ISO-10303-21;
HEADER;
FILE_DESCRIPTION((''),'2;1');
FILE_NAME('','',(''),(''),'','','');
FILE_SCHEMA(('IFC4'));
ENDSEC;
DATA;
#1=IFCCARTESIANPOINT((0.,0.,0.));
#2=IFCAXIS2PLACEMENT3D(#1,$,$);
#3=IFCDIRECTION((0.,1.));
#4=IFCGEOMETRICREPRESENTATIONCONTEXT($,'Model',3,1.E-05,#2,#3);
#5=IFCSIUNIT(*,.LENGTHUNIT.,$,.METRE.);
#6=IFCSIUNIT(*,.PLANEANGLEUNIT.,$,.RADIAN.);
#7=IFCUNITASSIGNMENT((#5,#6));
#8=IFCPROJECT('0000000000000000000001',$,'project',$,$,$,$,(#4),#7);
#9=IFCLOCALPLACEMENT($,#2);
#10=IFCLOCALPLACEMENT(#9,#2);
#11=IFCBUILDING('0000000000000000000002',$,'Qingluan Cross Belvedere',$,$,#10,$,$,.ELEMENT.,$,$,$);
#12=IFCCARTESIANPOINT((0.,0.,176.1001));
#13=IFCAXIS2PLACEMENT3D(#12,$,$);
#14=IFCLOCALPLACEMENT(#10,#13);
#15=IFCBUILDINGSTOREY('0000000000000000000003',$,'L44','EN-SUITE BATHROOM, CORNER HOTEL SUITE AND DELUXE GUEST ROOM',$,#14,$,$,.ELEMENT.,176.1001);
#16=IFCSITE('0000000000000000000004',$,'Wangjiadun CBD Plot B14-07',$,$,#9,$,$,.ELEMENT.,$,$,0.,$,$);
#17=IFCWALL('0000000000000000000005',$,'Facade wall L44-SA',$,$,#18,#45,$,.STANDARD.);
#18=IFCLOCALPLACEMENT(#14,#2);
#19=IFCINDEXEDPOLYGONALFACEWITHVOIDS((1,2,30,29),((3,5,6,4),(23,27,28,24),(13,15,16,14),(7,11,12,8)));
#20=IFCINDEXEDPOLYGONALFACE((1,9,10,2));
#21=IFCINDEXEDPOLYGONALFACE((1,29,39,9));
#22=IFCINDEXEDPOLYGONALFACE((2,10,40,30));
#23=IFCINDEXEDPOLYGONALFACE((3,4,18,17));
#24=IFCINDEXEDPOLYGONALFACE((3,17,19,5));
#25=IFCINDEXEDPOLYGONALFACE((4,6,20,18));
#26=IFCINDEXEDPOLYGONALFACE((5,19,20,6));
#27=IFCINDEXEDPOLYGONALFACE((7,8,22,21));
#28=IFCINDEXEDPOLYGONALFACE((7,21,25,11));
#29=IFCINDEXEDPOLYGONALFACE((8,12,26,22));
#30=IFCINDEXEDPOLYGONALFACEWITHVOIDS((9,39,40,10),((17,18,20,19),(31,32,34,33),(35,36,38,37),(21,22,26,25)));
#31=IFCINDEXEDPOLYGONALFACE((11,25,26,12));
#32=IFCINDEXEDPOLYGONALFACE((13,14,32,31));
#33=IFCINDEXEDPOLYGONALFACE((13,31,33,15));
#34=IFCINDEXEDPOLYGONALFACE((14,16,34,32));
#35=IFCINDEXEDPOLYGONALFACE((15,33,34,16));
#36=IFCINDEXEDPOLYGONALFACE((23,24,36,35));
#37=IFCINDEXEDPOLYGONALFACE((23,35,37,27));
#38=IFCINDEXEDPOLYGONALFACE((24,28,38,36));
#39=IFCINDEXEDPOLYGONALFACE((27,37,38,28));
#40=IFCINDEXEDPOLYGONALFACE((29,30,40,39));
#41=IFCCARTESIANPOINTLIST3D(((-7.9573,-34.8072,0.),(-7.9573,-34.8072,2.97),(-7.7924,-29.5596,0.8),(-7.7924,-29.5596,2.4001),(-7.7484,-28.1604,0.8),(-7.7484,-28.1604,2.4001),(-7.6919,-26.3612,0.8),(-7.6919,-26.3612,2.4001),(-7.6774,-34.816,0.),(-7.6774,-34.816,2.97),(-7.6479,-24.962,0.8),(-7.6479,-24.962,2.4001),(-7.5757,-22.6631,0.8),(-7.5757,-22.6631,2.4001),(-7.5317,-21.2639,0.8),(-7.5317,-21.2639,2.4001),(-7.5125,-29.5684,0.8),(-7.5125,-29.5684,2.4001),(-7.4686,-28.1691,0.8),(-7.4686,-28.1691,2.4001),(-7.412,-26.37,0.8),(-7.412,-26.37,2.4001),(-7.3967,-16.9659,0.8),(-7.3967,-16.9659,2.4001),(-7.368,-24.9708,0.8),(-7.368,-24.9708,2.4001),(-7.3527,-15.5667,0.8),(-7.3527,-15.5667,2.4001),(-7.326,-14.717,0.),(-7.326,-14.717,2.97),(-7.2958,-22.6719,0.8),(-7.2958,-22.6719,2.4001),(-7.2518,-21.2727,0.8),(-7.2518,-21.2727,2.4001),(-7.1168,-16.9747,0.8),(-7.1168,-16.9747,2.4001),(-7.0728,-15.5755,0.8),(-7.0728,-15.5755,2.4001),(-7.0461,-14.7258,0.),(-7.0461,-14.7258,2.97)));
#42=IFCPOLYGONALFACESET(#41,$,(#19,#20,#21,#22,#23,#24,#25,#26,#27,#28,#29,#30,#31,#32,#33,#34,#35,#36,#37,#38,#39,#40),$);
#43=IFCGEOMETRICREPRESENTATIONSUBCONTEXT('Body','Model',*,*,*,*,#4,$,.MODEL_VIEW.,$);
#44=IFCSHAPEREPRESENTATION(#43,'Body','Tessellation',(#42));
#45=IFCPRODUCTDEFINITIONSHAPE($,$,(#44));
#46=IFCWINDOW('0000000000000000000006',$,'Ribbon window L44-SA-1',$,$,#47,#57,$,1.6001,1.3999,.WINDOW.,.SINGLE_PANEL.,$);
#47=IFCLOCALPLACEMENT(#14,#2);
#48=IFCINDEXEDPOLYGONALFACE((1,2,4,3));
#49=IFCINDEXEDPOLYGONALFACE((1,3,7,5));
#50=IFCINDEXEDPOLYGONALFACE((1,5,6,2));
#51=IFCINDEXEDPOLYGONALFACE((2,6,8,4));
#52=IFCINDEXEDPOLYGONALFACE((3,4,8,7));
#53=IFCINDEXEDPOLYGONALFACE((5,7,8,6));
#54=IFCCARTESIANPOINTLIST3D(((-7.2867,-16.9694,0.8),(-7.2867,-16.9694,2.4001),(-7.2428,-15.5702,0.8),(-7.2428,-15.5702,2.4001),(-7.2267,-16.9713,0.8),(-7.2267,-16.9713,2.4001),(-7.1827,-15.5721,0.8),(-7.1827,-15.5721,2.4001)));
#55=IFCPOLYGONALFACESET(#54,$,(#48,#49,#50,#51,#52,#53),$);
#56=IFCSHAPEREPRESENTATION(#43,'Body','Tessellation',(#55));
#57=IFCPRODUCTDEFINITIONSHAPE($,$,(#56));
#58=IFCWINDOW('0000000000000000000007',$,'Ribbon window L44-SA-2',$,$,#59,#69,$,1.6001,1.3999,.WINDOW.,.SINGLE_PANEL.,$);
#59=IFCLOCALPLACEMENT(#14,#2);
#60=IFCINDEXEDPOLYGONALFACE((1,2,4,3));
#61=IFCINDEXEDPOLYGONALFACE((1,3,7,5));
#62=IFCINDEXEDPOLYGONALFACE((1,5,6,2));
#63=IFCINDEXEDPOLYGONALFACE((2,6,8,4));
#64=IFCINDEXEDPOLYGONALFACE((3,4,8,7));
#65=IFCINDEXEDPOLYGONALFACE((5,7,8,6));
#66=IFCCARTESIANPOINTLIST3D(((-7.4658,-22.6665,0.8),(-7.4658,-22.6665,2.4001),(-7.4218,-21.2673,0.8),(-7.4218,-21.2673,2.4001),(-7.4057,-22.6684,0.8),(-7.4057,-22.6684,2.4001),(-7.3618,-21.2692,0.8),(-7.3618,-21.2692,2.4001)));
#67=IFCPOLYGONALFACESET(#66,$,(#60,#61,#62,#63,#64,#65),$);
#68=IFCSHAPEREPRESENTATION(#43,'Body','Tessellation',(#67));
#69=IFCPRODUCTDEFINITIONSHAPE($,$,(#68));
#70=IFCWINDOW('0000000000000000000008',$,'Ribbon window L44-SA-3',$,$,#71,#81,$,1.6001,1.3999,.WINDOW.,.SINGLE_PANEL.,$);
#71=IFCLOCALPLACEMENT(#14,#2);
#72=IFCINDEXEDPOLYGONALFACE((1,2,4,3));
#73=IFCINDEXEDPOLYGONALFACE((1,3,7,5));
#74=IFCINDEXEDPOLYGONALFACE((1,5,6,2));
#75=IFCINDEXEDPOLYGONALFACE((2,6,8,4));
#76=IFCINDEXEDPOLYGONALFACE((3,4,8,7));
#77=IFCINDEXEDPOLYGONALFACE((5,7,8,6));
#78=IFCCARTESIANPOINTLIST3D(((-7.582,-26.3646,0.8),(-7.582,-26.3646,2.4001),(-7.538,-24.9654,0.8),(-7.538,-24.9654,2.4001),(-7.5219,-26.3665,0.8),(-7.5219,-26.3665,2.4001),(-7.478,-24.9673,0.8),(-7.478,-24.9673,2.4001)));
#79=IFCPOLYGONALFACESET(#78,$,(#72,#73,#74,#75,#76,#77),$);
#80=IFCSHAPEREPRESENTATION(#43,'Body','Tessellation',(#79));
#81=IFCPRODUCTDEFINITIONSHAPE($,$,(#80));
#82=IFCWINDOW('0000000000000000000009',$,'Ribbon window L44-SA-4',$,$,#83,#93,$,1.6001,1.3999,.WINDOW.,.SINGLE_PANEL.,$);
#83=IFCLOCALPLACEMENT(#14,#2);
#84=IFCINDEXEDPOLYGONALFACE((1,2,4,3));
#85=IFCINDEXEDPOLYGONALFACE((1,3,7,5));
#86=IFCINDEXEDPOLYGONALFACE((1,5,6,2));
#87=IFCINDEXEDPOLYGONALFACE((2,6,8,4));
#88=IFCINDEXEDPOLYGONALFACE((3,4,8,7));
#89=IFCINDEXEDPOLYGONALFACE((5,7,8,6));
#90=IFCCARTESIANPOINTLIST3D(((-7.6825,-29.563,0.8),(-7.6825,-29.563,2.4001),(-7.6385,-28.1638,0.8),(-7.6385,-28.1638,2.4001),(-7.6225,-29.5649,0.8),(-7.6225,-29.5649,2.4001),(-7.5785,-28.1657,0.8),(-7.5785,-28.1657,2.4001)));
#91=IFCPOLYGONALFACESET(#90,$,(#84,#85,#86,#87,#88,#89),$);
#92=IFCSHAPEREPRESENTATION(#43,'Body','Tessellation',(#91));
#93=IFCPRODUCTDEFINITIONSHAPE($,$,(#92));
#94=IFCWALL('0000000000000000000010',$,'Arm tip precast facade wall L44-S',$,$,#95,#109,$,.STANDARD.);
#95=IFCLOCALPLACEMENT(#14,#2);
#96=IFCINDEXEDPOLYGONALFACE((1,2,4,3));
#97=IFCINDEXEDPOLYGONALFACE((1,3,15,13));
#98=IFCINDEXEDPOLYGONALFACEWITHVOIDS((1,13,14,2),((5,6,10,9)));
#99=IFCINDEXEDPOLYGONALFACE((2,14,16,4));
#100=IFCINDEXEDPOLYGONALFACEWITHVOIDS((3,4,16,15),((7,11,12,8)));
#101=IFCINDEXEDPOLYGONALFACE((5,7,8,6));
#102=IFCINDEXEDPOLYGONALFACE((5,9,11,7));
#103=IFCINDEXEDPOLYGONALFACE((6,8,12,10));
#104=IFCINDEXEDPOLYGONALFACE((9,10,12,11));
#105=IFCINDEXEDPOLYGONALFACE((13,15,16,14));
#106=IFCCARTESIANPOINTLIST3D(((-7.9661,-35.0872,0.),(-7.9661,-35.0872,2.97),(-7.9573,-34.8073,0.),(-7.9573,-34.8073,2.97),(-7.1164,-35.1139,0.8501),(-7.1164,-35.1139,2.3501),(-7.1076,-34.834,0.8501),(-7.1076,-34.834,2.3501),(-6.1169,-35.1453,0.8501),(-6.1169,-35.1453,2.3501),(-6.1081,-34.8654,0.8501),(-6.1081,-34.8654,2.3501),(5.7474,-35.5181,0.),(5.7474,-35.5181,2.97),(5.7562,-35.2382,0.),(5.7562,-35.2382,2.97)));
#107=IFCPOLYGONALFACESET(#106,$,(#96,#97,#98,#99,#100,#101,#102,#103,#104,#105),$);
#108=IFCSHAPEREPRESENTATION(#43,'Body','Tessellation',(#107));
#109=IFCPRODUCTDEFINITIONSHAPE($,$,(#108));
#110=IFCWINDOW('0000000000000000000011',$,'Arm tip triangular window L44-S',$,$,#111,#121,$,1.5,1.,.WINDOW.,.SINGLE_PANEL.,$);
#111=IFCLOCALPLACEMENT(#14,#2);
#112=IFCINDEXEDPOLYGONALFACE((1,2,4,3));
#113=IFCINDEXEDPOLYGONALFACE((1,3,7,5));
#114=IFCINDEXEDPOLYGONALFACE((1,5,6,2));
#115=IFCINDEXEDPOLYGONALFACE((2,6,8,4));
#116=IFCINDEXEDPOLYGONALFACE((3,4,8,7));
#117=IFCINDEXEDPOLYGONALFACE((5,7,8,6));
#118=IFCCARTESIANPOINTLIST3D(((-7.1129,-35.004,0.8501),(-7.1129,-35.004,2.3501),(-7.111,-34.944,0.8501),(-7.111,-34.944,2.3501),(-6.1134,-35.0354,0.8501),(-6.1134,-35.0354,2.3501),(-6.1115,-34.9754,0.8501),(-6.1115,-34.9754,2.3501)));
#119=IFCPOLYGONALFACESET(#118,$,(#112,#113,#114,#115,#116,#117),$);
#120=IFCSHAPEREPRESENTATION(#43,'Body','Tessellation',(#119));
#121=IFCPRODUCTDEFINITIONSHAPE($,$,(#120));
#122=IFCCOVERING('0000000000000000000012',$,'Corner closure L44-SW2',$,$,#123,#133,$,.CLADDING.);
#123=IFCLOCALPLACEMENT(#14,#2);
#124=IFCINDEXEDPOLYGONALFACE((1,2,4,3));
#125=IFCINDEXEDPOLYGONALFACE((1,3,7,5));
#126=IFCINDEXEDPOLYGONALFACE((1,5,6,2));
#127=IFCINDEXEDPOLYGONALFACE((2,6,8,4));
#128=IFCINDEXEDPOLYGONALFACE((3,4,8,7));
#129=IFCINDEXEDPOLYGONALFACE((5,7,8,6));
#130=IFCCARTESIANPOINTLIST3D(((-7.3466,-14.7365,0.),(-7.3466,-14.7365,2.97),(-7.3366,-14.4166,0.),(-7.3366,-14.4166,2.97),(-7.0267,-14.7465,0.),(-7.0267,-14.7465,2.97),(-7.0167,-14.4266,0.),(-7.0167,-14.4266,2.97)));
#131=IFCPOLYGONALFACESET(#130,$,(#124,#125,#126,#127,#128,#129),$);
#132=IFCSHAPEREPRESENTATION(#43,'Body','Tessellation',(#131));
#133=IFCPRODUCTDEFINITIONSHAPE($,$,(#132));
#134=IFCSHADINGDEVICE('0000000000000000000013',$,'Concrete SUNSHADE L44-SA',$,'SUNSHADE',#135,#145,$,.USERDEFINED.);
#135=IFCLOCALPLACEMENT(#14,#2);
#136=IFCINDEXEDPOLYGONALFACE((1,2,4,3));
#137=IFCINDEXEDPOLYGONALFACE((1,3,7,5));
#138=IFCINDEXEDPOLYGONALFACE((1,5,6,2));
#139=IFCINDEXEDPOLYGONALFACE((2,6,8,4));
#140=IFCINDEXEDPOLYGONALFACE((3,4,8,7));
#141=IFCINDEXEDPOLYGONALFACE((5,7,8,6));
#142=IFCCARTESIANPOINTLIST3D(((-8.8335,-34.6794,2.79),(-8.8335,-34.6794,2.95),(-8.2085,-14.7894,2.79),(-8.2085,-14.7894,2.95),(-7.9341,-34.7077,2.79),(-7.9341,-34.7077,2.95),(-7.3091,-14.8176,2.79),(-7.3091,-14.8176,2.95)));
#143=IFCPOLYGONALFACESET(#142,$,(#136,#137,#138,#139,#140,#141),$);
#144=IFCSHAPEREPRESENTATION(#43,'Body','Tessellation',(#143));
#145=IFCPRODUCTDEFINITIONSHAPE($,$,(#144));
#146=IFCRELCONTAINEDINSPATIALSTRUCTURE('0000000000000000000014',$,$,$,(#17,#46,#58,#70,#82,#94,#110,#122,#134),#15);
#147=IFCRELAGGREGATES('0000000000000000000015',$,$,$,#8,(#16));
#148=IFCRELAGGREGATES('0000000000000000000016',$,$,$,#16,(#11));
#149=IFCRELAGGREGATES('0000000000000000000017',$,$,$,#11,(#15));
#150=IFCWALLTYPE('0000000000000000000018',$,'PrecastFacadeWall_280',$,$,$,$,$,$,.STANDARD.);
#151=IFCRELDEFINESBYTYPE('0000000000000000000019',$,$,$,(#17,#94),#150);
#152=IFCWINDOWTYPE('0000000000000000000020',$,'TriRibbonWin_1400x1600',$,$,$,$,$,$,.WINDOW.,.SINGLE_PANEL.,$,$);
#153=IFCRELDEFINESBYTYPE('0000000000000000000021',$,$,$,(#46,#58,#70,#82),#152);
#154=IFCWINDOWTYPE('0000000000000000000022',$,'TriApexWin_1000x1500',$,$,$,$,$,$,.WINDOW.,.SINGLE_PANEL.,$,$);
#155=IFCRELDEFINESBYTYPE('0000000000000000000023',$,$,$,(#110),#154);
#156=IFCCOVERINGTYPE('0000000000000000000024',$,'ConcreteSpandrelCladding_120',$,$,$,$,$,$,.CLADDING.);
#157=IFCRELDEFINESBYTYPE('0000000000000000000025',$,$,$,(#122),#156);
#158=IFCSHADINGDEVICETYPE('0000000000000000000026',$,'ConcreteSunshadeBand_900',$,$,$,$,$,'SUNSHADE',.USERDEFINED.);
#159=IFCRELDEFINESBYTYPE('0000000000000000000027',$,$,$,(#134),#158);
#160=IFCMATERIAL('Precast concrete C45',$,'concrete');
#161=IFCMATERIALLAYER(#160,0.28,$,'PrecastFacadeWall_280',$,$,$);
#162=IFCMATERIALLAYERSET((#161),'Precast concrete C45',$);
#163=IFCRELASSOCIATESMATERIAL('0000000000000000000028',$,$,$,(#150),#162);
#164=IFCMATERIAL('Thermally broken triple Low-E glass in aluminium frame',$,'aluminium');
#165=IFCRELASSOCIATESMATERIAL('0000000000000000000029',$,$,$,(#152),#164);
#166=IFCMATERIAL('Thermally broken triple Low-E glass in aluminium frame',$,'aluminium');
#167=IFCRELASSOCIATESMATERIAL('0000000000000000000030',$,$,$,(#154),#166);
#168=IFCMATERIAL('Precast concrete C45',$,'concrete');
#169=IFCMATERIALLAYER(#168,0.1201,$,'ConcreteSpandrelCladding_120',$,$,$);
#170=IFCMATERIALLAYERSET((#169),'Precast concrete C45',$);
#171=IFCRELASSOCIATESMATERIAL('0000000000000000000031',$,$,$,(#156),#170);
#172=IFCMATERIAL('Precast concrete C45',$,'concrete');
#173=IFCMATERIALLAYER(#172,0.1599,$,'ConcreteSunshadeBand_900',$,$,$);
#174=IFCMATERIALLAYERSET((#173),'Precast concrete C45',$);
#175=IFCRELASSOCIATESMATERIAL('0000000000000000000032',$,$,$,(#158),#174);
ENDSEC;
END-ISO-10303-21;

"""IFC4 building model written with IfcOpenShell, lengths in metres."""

from ifc_helpers import new_model, si_unit, direction, frame, frame_2d, origin, origin_2d, place, context, subcontext, project, spatial, rectangle, extrude, material, layer, layer_set, type_object, element, fill, save


model = new_model("IFC4")

# Units and contexts
model_context = context("Model", 3, precision=1e-05, world=origin(), true_north=direction((0.0, 1.0)))
body_context = subcontext(model_context, "Body", "Model", "MODEL_VIEW")
ifc_project = project(units=[si_unit("LENGTHUNIT", "METRE"), si_unit("PLANEANGLEUNIT", "RADIAN")], contexts=[model_context])

# Site, building, storey
site_placement = place(None, origin())
site = spatial("IfcSite", under=ifc_project, at=site_placement, Name="Wangjiadun CBD Plot B14-07", CompositionType="ELEMENT", RefElevation=0.0)
building_placement = place(site_placement, origin())
building = spatial("IfcBuilding", under=site, at=building_placement, Name="Qingluan Cross Belvedere", CompositionType="ELEMENT")
storey_placement = place(building_placement, frame((0.0, 0.0, 176.1001)))
storey = spatial("IfcBuildingStorey", under=building, at=storey_placement, Name="L44", Description="EN-SUITE BATHROOM, CORNER HOTEL SUITE AND DELUXE GUEST ROOM", CompositionType="ELEMENT", Elevation=176.1001)

# Wall, openings, windows
ifc_material_1 = material(Name="Precast concrete C45", Category="concrete")
ifc_layer_1 = layer(ifc_material_1, 0.28, Name="PrecastFacadeWall_280")
ifc_layer_set_1 = layer_set([ifc_layer_1], Name="Precast concrete C45")
wall_type_1 = type_object("IfcWallType", Name="PrecastFacadeWall_280", PredefinedType="STANDARD", material=ifc_layer_set_1)
wall_1_placement = place(storey_placement, frame((-7.186, -14.7214, 0.0), z_axis=(0.0, 0.0, 1.0), x_axis=(-0.03141, -0.999507, 0.0)))
wall_1 = element("IfcWall", 1, at=wall_1_placement, inside=storey, type_object=wall_type_1, Name="Facade wall L44-SA", PredefinedType="STANDARD", context=body_context, shape_type="SweptSolid", body=[
    extrude(rectangle(XDim=20.1001, YDim=0.28, at=frame_2d((10.05, 0.0))), origin(), (0.0, 0.0, 1.0), 2.97),
])
opening_1_placement = place(wall_1_placement, frame((0.8501, 0.0, 0.8)))
opening_1 = element("IfcOpeningElement", 2, at=opening_1_placement, cuts=wall_1, PredefinedType="OPENING", context=body_context, shape_type="SweptSolid", body=[
    extrude(rectangle(XDim=1.3999, YDim=1.6001, at=frame_2d((0.7, 0.8))), frame((0.0, 0.1499, 0.0), z_axis=(0.0, -1.0, 0.0), x_axis=(1.0, 0.0, 0.0)), (0.0, 0.0, 1.0), 0.3),
])
opening_2_placement = place(wall_1_placement, frame((6.55, 0.0, 0.8)))
opening_2 = element("IfcOpeningElement", 3, at=opening_2_placement, cuts=wall_1, PredefinedType="OPENING", context=body_context, shape_type="SweptSolid", body=[
    extrude(rectangle(XDim=1.3999, YDim=1.6001, at=frame_2d((0.7, 0.8))), frame((0.0, 0.1499, 0.0), z_axis=(0.0, -1.0, 0.0), x_axis=(1.0, 0.0, 0.0)), (0.0, 0.0, 1.0), 0.3),
])
opening_3_placement = place(wall_1_placement, frame((10.25, 0.0, 0.8)))
opening_3 = element("IfcOpeningElement", 4, at=opening_3_placement, cuts=wall_1, PredefinedType="OPENING", context=body_context, shape_type="SweptSolid", body=[
    extrude(rectangle(XDim=1.3999, YDim=1.6001, at=frame_2d((0.7, 0.8))), frame((0.0, 0.1499, 0.0), z_axis=(0.0, -1.0, 0.0), x_axis=(1.0, 0.0, 0.0)), (0.0, 0.0, 1.0), 0.3),
])
opening_4_placement = place(wall_1_placement, frame((13.45, 0.0, 0.8)))
opening_4 = element("IfcOpeningElement", 5, at=opening_4_placement, cuts=wall_1, PredefinedType="OPENING", context=body_context, shape_type="SweptSolid", body=[
    extrude(rectangle(XDim=1.3999, YDim=1.6001, at=frame_2d((0.7, 0.8))), frame((0.0, 0.1499, 0.0), z_axis=(0.0, -1.0, 0.0), x_axis=(1.0, 0.0, 0.0)), (0.0, 0.0, 1.0), 0.3),
])
ifc_material_2 = material(Name="Thermally broken triple Low-E glass in aluminium frame", Category="aluminium")
window_type_1 = type_object("IfcWindowType", Name="TriRibbonWin_1400x1600", PartitioningType="SINGLE_PANEL", PredefinedType="WINDOW", material=ifc_material_2)
window_1_placement = place(opening_1_placement, origin())
window_1 = element("IfcWindow", 6, at=window_1_placement, inside=storey, type_object=window_type_1, Name="Ribbon window L44-SA-1", OverallHeight=1.6001, OverallWidth=1.3999, PartitioningType="SINGLE_PANEL", PredefinedType="WINDOW", context=body_context, shape_type="SweptSolid", body=[
    extrude(rectangle(XDim=1.3999, YDim=1.6001, at=frame_2d((0.7, 0.8))), frame((0.0, 0.03, 0.0), z_axis=(0.0, -1.0, 0.0), x_axis=(1.0, 0.0, 0.0)), (0.0, 0.0, 1.0), 0.0601),
])
fill(opening_1, window_1)
window_2_placement = place(opening_2_placement, origin())
window_2 = element("IfcWindow", 7, at=window_2_placement, inside=storey, type_object=window_type_1, Name="Ribbon window L44-SA-2", OverallHeight=1.6001, OverallWidth=1.3999, PartitioningType="SINGLE_PANEL", PredefinedType="WINDOW", context=body_context, shape_type="SweptSolid", body=[
    extrude(rectangle(XDim=1.3999, YDim=1.6001, at=frame_2d((0.7, 0.8))), frame((0.0, 0.03, 0.0), z_axis=(0.0, -1.0, 0.0), x_axis=(1.0, 0.0, 0.0)), (0.0, 0.0, 1.0), 0.0601),
])
fill(opening_2, window_2)
window_3_placement = place(opening_3_placement, origin())
window_3 = element("IfcWindow", 8, at=window_3_placement, inside=storey, type_object=window_type_1, Name="Ribbon window L44-SA-3", OverallHeight=1.6001, OverallWidth=1.3999, PartitioningType="SINGLE_PANEL", PredefinedType="WINDOW", context=body_context, shape_type="SweptSolid", body=[
    extrude(rectangle(XDim=1.3999, YDim=1.6001, at=frame_2d((0.7, 0.8))), frame((0.0, 0.03, 0.0), z_axis=(0.0, -1.0, 0.0), x_axis=(1.0, 0.0, 0.0)), (0.0, 0.0, 1.0), 0.0601),
])
fill(opening_3, window_3)
window_4_placement = place(opening_4_placement, origin())
window_4 = element("IfcWindow", 9, at=window_4_placement, inside=storey, type_object=window_type_1, Name="Ribbon window L44-SA-4", OverallHeight=1.6001, OverallWidth=1.3999, PartitioningType="SINGLE_PANEL", PredefinedType="WINDOW", context=body_context, shape_type="SweptSolid", body=[
    extrude(rectangle(XDim=1.3999, YDim=1.6001, at=frame_2d((0.7, 0.8))), frame((0.0, 0.03, 0.0), z_axis=(0.0, -1.0, 0.0), x_axis=(1.0, 0.0, 0.0)), (0.0, 0.0, 1.0), 0.0601),
])
fill(opening_4, window_4)

# Wall, opening, window
wall_2_placement = place(storey_placement, frame((-7.9617, -34.9473, 0.0), z_axis=(0.0, 0.0, 1.0), x_axis=(0.999507, -0.031407, 0.0)))
wall_2 = element("IfcWall", 10, at=wall_2_placement, inside=storey, type_object=wall_type_1, Name="Arm tip precast facade wall L44-S", PredefinedType="STANDARD", context=body_context, shape_type="SweptSolid", body=[
    extrude(rectangle(XDim=13.7202, YDim=0.28, at=frame_2d((6.8601, 0.0))), origin(), (0.0, 0.0, 1.0), 2.97),
])
opening_5_placement = place(wall_2_placement, frame((0.8501, 0.0, 0.8501)))
opening_5 = element("IfcOpeningElement", 11, at=opening_5_placement, cuts=wall_2, PredefinedType="OPENING", context=body_context, shape_type="SweptSolid", body=[
    extrude(rectangle(XDim=1.0, YDim=1.5, at=frame_2d((0.5, 0.75))), frame((0.0, 0.1499, 0.0), z_axis=(0.0, -1.0, 0.0), x_axis=(1.0, 0.0, 0.0)), (0.0, 0.0, 1.0), 0.3),
])
ifc_material_3 = material(Name="Thermally broken triple Low-E glass in aluminium frame", Category="aluminium")
window_type_2 = type_object("IfcWindowType", Name="TriApexWin_1000x1500", PartitioningType="SINGLE_PANEL", PredefinedType="WINDOW", material=ifc_material_3)
window_5_placement = place(opening_5_placement, origin())
window_5 = element("IfcWindow", 12, at=window_5_placement, inside=storey, type_object=window_type_2, Name="Arm tip triangular window L44-S", OverallHeight=1.5, OverallWidth=1.0, PartitioningType="SINGLE_PANEL", PredefinedType="WINDOW", context=body_context, shape_type="SweptSolid", body=[
    extrude(rectangle(XDim=1.0, YDim=1.5, at=frame_2d((0.5, 0.75))), frame((0.0, 0.03, 0.0), z_axis=(0.0, -1.0, 0.0), x_axis=(1.0, 0.0, 0.0)), (0.0, 0.0, 1.0), 0.0601),
])
fill(opening_5, window_5)

# Covering
ifc_material_4 = material(Name="Precast concrete C45", Category="concrete")
ifc_layer_2 = layer(ifc_material_4, 0.1201, Name="ConcreteSpandrelCladding_120")
ifc_layer_set_2 = layer_set([ifc_layer_2], Name="Precast concrete C45")
covering_type = type_object("IfcCoveringType", Name="ConcreteSpandrelCladding_120", PredefinedType="CLADDING", material=ifc_layer_set_2)
covering_placement = place(storey_placement, frame((-7.1816, -14.5815, 0.0), z_axis=(0.0, 0.0, 1.0), x_axis=(0.999507, -0.031411, 0.0)))
element("IfcCovering", 13, at=covering_placement, inside=storey, type_object=covering_type, Name="Corner closure L44-SW2", PredefinedType="CLADDING", context=body_context, shape_type="SweptSolid", body=[
    extrude(rectangle(XDim=0.3201, YDim=0.3201, at=origin_2d()), origin(), (0.0, 0.0, 1.0), 2.97),
])

# Shading device
ifc_material_5 = material(Name="Precast concrete C45", Category="concrete")
ifc_layer_3 = layer(ifc_material_5, 0.1599, Name="ConcreteSunshadeBand_900")
ifc_layer_set_3 = layer_set([ifc_layer_3], Name="Precast concrete C45")
shading_device_type = type_object("IfcShadingDeviceType", Name="ConcreteSunshadeBand_900", ElementType="SUNSHADE", PredefinedType="USERDEFINED", material=ifc_layer_set_3)
shading_device_placement = place(storey_placement, frame((-8.0713, -24.7485, 2.79), z_axis=(0.0, 0.0, 1.0), x_axis=(-0.031408, -0.999507, 0.0)))
element("IfcShadingDevice", 14, at=shading_device_placement, inside=storey, type_object=shading_device_type, Name="Concrete SUNSHADE L44-SA", ObjectType="SUNSHADE", PredefinedType="USERDEFINED", context=body_context, shape_type="SweptSolid", body=[
    extrude(rectangle(XDim=19.8999, YDim=0.8999, at=origin_2d()), origin(), (0.0, 0.0, 1.0), 0.1599),
])

save(model, "model.ifc")
